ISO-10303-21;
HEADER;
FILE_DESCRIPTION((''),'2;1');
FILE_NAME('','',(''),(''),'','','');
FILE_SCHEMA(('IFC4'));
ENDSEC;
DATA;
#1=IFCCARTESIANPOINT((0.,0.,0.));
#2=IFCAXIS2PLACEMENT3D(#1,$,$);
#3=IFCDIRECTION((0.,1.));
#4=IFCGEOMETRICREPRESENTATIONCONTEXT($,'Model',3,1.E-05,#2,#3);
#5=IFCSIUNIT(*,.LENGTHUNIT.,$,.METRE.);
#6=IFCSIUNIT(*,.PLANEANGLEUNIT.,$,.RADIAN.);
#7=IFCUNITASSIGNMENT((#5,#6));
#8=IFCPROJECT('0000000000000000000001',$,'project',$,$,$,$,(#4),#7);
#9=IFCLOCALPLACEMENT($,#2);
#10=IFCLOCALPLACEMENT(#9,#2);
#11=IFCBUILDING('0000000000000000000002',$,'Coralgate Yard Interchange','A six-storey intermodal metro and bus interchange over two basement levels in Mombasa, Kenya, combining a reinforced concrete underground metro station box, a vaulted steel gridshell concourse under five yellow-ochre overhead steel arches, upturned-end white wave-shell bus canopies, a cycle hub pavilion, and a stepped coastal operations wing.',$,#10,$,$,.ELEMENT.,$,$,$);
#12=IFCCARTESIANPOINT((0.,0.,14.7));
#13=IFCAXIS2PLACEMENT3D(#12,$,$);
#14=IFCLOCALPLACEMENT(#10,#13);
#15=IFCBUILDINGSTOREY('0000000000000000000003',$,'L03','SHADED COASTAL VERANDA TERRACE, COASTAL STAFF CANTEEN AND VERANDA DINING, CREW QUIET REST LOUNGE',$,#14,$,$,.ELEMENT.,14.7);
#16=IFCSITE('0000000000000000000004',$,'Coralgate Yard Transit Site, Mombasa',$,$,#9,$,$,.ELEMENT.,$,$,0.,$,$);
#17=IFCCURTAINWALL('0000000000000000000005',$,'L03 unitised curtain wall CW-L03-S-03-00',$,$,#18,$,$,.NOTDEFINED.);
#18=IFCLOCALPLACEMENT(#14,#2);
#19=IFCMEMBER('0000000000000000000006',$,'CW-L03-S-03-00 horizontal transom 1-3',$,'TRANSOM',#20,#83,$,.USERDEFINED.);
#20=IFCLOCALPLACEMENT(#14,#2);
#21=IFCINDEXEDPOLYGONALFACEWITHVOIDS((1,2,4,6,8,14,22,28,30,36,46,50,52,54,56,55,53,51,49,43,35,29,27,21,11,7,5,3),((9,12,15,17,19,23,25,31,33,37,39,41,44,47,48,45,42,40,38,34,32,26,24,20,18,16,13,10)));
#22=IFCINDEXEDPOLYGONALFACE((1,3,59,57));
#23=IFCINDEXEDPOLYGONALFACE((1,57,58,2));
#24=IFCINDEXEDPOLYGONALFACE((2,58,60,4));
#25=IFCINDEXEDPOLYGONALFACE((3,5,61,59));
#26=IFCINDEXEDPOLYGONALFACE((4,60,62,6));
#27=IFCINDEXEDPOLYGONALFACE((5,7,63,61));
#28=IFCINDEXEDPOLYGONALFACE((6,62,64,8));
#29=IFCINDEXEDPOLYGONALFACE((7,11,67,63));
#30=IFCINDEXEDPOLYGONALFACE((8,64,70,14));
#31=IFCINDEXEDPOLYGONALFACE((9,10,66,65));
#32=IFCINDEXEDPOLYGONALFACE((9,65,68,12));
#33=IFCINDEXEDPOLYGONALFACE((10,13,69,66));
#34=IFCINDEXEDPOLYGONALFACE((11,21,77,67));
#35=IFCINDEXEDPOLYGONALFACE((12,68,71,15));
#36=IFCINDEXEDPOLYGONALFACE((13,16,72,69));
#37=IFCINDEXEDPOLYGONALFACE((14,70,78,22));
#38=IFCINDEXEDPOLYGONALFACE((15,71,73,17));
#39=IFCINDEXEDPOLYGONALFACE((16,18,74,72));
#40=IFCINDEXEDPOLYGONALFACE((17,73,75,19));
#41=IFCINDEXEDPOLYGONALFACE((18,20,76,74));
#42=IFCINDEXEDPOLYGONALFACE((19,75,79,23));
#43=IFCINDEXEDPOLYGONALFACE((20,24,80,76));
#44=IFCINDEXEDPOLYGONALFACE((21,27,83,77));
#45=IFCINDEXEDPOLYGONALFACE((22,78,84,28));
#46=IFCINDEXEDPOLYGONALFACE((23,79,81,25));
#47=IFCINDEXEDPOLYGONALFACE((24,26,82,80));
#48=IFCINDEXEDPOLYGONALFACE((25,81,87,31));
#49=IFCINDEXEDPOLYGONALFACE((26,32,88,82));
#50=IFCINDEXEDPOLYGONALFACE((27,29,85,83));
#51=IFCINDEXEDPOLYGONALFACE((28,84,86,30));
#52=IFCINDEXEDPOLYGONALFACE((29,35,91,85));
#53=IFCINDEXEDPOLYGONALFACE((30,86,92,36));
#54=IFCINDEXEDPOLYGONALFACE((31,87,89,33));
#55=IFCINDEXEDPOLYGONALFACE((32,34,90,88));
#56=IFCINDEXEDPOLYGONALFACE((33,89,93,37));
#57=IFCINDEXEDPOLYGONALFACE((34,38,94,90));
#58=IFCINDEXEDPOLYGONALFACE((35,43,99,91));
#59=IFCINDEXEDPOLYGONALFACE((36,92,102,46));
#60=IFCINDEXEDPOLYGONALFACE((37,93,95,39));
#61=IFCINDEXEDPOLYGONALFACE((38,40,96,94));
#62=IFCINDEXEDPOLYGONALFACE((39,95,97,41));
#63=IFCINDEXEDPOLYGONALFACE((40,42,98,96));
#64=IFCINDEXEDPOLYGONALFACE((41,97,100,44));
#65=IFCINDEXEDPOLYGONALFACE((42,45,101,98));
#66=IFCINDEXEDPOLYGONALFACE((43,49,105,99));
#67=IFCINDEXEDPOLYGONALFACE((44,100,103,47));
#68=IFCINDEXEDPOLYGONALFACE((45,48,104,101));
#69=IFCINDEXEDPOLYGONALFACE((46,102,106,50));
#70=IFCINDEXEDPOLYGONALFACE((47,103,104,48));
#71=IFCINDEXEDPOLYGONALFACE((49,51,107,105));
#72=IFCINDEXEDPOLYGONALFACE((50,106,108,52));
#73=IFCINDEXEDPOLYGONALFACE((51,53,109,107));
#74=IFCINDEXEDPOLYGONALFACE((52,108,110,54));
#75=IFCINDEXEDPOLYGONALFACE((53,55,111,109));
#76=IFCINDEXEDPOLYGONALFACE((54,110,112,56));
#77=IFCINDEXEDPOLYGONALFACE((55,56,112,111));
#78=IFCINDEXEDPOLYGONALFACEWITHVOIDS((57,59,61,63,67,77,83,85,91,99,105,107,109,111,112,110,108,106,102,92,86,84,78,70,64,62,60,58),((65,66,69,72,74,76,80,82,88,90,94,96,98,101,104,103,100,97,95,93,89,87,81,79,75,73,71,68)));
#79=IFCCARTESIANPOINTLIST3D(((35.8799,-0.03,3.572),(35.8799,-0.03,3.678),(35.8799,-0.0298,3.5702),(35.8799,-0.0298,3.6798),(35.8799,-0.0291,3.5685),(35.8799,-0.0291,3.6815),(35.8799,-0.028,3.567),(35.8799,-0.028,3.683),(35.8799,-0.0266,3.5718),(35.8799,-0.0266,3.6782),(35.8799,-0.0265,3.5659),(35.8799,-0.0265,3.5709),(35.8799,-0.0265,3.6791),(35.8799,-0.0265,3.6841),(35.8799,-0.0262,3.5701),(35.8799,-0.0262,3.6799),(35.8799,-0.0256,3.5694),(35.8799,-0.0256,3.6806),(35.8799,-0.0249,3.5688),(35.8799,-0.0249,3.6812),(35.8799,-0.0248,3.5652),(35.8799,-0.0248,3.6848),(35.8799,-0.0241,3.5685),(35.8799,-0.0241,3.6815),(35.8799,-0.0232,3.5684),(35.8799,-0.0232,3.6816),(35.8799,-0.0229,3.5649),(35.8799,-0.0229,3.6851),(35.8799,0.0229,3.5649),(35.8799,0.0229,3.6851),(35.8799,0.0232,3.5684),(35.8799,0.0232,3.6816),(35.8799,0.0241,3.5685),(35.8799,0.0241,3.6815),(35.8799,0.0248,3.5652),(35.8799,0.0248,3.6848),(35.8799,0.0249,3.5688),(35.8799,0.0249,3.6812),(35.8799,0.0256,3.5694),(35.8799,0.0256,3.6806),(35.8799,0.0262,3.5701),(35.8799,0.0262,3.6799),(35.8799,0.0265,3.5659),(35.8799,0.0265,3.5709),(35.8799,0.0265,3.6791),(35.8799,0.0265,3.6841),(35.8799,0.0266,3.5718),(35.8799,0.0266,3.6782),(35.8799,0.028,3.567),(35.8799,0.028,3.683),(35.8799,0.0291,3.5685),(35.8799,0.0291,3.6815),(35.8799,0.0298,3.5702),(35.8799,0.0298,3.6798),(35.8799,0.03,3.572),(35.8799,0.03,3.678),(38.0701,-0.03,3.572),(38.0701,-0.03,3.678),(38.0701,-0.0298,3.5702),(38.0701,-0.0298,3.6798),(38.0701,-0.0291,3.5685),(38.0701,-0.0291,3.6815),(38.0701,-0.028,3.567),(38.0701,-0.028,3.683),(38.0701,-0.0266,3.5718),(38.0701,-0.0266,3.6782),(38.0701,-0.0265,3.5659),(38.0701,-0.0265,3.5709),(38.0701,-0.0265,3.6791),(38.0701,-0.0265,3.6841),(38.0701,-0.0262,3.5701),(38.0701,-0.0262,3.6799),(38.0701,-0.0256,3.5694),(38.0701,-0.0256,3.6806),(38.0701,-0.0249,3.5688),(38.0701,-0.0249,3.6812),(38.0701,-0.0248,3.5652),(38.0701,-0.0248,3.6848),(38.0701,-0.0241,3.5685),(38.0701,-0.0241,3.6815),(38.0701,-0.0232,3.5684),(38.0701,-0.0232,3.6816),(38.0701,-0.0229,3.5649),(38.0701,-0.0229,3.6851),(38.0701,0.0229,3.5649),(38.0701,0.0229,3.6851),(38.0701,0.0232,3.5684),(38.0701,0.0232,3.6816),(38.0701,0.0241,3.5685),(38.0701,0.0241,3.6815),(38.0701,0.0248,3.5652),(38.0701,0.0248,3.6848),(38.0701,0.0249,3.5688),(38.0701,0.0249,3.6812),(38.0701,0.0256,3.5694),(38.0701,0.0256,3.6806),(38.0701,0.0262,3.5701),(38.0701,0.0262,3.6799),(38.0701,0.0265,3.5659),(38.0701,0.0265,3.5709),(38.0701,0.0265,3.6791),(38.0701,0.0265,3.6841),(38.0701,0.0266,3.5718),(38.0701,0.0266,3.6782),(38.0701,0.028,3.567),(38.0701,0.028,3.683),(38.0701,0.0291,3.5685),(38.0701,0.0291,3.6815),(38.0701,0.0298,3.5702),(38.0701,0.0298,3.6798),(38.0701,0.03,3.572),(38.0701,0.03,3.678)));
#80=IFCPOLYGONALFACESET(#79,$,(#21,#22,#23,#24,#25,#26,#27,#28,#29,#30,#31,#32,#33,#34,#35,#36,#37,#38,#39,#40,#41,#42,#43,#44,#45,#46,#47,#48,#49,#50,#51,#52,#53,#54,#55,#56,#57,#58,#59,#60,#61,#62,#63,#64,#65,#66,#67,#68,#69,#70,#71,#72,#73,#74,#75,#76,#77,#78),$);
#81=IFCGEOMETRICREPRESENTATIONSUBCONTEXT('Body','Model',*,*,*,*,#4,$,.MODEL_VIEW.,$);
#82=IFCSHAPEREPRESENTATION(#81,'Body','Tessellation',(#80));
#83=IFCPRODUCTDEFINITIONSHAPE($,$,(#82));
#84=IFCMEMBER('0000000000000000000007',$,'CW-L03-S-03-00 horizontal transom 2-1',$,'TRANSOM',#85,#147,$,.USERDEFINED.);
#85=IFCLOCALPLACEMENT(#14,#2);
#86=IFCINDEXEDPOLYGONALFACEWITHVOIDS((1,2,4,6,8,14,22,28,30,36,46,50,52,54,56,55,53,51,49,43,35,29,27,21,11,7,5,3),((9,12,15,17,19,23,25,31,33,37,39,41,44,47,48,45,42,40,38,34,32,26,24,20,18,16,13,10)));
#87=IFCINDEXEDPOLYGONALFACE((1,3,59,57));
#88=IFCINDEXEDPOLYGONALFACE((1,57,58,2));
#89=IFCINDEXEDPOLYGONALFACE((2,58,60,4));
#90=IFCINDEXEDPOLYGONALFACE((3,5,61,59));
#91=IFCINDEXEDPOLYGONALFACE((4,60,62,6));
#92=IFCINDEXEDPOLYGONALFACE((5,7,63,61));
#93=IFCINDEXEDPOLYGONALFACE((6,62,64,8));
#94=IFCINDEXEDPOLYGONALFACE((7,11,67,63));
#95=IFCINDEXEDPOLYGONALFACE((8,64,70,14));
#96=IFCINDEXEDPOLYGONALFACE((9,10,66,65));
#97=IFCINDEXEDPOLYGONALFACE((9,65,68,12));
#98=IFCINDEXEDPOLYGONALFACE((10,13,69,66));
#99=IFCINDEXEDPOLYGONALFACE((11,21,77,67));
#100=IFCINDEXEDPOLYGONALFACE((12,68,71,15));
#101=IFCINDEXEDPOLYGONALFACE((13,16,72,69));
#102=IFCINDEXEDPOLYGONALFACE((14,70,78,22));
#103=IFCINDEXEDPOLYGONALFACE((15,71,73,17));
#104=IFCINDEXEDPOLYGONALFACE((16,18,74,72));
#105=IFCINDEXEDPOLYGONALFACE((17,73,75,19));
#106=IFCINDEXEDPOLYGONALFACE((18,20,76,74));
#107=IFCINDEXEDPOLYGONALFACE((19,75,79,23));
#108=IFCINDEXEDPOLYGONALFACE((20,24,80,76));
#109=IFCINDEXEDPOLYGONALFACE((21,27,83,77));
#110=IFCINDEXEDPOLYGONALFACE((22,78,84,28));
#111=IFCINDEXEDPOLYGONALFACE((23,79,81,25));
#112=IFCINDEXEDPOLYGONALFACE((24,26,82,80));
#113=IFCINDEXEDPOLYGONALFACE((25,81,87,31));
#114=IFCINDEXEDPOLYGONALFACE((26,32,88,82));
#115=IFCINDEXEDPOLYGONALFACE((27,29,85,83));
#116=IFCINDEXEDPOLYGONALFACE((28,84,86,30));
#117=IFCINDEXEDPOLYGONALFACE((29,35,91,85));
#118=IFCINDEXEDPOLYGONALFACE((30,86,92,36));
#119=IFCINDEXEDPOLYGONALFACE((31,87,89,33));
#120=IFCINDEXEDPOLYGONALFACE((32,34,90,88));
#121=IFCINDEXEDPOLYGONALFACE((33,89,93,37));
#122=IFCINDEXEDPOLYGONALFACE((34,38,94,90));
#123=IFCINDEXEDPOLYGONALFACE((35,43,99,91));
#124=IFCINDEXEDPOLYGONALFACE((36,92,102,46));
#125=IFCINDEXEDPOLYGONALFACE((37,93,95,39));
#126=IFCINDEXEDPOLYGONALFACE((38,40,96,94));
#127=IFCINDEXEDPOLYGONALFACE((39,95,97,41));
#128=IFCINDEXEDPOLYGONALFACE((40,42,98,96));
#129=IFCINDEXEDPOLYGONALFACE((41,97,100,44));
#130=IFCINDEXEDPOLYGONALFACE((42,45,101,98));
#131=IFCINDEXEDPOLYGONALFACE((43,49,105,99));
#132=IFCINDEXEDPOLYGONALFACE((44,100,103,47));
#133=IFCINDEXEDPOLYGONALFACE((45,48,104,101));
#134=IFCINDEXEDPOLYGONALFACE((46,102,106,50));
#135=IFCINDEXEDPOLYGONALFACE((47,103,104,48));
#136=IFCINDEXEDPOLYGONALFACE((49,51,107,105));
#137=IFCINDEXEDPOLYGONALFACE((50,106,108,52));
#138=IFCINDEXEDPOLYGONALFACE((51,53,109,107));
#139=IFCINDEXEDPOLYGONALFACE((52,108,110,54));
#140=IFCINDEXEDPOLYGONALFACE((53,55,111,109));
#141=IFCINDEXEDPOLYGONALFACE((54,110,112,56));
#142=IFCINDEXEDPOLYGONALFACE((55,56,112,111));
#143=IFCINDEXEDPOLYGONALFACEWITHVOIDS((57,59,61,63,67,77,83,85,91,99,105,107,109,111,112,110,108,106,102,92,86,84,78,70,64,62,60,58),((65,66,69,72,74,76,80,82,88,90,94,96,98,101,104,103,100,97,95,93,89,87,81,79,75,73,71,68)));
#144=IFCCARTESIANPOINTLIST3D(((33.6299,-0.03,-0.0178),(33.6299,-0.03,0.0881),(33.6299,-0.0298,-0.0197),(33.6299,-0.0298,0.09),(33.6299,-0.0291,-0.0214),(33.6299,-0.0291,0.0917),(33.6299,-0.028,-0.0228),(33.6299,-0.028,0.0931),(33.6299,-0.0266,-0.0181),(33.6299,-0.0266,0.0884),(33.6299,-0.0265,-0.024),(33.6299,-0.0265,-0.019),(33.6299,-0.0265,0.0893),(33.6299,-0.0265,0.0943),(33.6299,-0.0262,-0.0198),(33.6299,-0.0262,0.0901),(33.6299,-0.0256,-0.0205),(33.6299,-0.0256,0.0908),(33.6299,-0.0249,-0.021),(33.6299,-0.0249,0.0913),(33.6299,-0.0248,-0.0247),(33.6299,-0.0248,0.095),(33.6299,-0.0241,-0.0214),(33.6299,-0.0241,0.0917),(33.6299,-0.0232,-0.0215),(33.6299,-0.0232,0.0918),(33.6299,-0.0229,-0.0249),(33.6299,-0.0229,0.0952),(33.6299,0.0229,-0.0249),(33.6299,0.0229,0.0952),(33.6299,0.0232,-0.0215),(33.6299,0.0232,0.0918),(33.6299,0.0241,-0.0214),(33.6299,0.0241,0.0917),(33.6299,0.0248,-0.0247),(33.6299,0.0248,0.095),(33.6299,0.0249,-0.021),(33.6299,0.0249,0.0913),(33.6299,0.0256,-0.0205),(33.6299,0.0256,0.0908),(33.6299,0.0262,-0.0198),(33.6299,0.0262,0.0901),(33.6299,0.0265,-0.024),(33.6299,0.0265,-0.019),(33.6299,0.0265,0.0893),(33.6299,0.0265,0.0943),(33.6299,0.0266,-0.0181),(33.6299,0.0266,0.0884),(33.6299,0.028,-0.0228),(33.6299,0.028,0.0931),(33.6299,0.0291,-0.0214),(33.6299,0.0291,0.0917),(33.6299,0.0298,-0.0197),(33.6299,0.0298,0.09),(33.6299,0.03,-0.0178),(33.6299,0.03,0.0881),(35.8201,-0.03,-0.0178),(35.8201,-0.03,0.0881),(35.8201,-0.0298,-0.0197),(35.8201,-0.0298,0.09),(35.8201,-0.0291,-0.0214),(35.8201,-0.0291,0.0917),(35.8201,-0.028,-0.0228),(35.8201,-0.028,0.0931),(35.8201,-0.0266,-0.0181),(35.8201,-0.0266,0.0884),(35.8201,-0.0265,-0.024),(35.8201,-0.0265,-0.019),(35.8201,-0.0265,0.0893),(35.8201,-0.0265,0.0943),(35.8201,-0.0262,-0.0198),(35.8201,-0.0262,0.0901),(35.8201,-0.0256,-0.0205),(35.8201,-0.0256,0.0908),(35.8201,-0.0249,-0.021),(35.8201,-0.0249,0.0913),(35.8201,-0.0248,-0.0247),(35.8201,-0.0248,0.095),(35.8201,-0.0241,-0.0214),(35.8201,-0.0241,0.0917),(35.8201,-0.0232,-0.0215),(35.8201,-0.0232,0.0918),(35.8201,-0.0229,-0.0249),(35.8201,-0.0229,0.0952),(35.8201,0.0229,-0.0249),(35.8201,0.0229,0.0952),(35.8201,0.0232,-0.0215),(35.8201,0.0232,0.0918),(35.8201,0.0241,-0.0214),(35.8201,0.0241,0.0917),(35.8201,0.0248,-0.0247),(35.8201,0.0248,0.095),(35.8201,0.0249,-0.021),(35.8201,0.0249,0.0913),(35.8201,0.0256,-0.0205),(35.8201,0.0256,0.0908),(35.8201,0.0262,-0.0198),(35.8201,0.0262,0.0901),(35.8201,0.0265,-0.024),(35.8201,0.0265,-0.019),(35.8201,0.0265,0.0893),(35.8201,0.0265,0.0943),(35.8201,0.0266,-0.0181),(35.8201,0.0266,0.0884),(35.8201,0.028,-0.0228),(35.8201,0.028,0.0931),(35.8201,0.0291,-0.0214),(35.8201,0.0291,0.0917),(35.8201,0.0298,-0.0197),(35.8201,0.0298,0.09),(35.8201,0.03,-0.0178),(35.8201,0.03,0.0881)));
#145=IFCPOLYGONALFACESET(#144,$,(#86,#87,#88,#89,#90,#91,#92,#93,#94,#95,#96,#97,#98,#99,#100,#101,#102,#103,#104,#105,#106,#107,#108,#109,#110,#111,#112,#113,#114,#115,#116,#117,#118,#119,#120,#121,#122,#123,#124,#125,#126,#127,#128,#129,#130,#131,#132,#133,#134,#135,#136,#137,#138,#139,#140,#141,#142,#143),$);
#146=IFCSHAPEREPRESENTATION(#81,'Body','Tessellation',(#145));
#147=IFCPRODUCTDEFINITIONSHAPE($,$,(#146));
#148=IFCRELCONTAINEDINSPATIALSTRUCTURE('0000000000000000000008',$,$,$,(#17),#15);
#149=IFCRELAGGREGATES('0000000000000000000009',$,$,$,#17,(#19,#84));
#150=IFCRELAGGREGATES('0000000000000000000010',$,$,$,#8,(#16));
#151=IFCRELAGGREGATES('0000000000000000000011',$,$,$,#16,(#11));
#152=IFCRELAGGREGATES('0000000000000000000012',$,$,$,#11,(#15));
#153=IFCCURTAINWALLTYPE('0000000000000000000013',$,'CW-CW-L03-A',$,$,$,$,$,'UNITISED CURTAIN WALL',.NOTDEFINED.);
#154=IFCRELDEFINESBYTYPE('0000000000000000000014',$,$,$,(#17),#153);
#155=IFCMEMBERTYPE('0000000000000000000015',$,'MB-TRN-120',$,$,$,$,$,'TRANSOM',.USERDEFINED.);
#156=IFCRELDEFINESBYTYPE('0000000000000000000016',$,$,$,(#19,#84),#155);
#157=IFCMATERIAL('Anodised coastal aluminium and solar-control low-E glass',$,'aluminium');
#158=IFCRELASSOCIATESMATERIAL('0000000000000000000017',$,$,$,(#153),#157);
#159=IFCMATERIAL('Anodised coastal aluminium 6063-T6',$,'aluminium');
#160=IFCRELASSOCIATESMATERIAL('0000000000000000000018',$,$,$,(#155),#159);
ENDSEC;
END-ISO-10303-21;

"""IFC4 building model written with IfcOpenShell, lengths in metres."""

from ifc_helpers import new_model, si_unit, direction, frame, origin, origin_2d, place, context, subcontext, project, spatial, hollow_rectangle, extrude, material, material_profile, profile_set, type_object, element, aggregate, save


model = new_model("IFC4")

# Units and contexts
model_context = context("Model", 3, precision=1e-05, world=origin(), true_north=direction((0.0, 1.0)))
body_context = subcontext(model_context, "Body", "Model", "MODEL_VIEW")
ifc_project = project(units=[si_unit("LENGTHUNIT", "METRE"), si_unit("PLANEANGLEUNIT", "RADIAN")], contexts=[model_context])

# Site, building, storey
site_placement = place(None, origin())
site = spatial("IfcSite", under=ifc_project, at=site_placement, Name="Coralgate Yard Transit Site, Mombasa", CompositionType="ELEMENT", RefElevation=0.0)
building_placement = place(site_placement, origin())
building = spatial("IfcBuilding", under=site, at=building_placement, Name="Coralgate Yard Interchange", Description="A six-storey intermodal metro and bus interchange over two basement levels in Mombasa, Kenya, combining a reinforced concrete underground metro station box, a vaulted steel gridshell concourse under five yellow-ochre overhead steel arches, upturned-end white wave-shell bus canopies, a cycle hub pavilion, and a stepped coastal operations wing.", CompositionType="ELEMENT")
storey_placement = place(building_placement, frame((0.0, 0.0, 14.7)))
storey = spatial("IfcBuildingStorey", under=building, at=storey_placement, Name="L03", Description="SHADED COASTAL VERANDA TERRACE, COASTAL STAFF CANTEEN AND VERANDA DINING, CREW QUIET REST LOUNGE", CompositionType="ELEMENT", Elevation=14.7)

# Curtain wall
ifc_material_1 = material(Name="Anodised coastal aluminium and solar-control low-E glass", Category="aluminium")
curtain_wall_type = type_object("IfcCurtainWallType", Name="CW-CW-L03-A", ElementType="UNITISED CURTAIN WALL", PredefinedType="NOTDEFINED", material=ifc_material_1)
curtain_wall_1_placement = place(storey_placement, origin())
curtain_wall_1 = element("IfcCurtainWall", 1, at=curtain_wall_1_placement, inside=storey, type_object=curtain_wall_type, Name="L03 unitised curtain wall CW-L03-S-03-00", PredefinedType="NOTDEFINED")
ifc_material_2 = material(Name="Anodised coastal aluminium 6063-T6", Category="aluminium")

# Members
ifc_material_profile_1 = material_profile(ifc_material_2, hollow_rectangle(XDim=0.0601, YDim=0.1201, WallThickness=0.0034, InnerFilletRadius=0.0034, OuterFilletRadius=0.0071, at=origin_2d()), Name="ALU 60x120x3.5")
ifc_profile_set_1 = profile_set([ifc_material_profile_1], Name="Anodised coastal aluminium 6063-T6")
member_type_1 = type_object("IfcMemberType", Name="MB-TRN-120", ElementType="TRANSOM", PredefinedType="USERDEFINED", material=ifc_profile_set_1)
member_1_placement = place(storey_placement, frame((38.0701, 0.0, 3.625), z_axis=(-1.0, 0.0, 0.0), x_axis=(0.0, -1.0, 0.0)))
member_1 = element("IfcMember", 2, at=member_1_placement, type_object=member_type_1, Name="CW-L03-S-03-00 horizontal transom 1-3", ObjectType="TRANSOM", PredefinedType="USERDEFINED", context=body_context, shape_type="SweptSolid", body=[
    extrude(hollow_rectangle(XDim=0.0601, YDim=0.1201, WallThickness=0.0034, InnerFilletRadius=0.0034, OuterFilletRadius=0.0071, at=origin_2d()), origin(), (0.0, 0.0, 1.0), 2.1902),
])
member_2_placement = place(storey_placement, frame((35.8201, 0.0, 0.0352), z_axis=(-1.0, 0.0, 0.0), x_axis=(0.0, -1.0, 0.0)))
member_2 = element("IfcMember", 3, at=member_2_placement, type_object=member_type_1, Name="CW-L03-S-03-00 horizontal transom 2-1", ObjectType="TRANSOM", PredefinedType="USERDEFINED", context=body_context, shape_type="SweptSolid", body=[
    extrude(hollow_rectangle(XDim=0.0601, YDim=0.1201, WallThickness=0.0034, InnerFilletRadius=0.0034, OuterFilletRadius=0.0071, at=origin_2d()), origin(), (0.0, 0.0, 1.0), 2.1902),
])

aggregate(curtain_wall_1, [member_1, member_2])

save(model, "model.ifc")
